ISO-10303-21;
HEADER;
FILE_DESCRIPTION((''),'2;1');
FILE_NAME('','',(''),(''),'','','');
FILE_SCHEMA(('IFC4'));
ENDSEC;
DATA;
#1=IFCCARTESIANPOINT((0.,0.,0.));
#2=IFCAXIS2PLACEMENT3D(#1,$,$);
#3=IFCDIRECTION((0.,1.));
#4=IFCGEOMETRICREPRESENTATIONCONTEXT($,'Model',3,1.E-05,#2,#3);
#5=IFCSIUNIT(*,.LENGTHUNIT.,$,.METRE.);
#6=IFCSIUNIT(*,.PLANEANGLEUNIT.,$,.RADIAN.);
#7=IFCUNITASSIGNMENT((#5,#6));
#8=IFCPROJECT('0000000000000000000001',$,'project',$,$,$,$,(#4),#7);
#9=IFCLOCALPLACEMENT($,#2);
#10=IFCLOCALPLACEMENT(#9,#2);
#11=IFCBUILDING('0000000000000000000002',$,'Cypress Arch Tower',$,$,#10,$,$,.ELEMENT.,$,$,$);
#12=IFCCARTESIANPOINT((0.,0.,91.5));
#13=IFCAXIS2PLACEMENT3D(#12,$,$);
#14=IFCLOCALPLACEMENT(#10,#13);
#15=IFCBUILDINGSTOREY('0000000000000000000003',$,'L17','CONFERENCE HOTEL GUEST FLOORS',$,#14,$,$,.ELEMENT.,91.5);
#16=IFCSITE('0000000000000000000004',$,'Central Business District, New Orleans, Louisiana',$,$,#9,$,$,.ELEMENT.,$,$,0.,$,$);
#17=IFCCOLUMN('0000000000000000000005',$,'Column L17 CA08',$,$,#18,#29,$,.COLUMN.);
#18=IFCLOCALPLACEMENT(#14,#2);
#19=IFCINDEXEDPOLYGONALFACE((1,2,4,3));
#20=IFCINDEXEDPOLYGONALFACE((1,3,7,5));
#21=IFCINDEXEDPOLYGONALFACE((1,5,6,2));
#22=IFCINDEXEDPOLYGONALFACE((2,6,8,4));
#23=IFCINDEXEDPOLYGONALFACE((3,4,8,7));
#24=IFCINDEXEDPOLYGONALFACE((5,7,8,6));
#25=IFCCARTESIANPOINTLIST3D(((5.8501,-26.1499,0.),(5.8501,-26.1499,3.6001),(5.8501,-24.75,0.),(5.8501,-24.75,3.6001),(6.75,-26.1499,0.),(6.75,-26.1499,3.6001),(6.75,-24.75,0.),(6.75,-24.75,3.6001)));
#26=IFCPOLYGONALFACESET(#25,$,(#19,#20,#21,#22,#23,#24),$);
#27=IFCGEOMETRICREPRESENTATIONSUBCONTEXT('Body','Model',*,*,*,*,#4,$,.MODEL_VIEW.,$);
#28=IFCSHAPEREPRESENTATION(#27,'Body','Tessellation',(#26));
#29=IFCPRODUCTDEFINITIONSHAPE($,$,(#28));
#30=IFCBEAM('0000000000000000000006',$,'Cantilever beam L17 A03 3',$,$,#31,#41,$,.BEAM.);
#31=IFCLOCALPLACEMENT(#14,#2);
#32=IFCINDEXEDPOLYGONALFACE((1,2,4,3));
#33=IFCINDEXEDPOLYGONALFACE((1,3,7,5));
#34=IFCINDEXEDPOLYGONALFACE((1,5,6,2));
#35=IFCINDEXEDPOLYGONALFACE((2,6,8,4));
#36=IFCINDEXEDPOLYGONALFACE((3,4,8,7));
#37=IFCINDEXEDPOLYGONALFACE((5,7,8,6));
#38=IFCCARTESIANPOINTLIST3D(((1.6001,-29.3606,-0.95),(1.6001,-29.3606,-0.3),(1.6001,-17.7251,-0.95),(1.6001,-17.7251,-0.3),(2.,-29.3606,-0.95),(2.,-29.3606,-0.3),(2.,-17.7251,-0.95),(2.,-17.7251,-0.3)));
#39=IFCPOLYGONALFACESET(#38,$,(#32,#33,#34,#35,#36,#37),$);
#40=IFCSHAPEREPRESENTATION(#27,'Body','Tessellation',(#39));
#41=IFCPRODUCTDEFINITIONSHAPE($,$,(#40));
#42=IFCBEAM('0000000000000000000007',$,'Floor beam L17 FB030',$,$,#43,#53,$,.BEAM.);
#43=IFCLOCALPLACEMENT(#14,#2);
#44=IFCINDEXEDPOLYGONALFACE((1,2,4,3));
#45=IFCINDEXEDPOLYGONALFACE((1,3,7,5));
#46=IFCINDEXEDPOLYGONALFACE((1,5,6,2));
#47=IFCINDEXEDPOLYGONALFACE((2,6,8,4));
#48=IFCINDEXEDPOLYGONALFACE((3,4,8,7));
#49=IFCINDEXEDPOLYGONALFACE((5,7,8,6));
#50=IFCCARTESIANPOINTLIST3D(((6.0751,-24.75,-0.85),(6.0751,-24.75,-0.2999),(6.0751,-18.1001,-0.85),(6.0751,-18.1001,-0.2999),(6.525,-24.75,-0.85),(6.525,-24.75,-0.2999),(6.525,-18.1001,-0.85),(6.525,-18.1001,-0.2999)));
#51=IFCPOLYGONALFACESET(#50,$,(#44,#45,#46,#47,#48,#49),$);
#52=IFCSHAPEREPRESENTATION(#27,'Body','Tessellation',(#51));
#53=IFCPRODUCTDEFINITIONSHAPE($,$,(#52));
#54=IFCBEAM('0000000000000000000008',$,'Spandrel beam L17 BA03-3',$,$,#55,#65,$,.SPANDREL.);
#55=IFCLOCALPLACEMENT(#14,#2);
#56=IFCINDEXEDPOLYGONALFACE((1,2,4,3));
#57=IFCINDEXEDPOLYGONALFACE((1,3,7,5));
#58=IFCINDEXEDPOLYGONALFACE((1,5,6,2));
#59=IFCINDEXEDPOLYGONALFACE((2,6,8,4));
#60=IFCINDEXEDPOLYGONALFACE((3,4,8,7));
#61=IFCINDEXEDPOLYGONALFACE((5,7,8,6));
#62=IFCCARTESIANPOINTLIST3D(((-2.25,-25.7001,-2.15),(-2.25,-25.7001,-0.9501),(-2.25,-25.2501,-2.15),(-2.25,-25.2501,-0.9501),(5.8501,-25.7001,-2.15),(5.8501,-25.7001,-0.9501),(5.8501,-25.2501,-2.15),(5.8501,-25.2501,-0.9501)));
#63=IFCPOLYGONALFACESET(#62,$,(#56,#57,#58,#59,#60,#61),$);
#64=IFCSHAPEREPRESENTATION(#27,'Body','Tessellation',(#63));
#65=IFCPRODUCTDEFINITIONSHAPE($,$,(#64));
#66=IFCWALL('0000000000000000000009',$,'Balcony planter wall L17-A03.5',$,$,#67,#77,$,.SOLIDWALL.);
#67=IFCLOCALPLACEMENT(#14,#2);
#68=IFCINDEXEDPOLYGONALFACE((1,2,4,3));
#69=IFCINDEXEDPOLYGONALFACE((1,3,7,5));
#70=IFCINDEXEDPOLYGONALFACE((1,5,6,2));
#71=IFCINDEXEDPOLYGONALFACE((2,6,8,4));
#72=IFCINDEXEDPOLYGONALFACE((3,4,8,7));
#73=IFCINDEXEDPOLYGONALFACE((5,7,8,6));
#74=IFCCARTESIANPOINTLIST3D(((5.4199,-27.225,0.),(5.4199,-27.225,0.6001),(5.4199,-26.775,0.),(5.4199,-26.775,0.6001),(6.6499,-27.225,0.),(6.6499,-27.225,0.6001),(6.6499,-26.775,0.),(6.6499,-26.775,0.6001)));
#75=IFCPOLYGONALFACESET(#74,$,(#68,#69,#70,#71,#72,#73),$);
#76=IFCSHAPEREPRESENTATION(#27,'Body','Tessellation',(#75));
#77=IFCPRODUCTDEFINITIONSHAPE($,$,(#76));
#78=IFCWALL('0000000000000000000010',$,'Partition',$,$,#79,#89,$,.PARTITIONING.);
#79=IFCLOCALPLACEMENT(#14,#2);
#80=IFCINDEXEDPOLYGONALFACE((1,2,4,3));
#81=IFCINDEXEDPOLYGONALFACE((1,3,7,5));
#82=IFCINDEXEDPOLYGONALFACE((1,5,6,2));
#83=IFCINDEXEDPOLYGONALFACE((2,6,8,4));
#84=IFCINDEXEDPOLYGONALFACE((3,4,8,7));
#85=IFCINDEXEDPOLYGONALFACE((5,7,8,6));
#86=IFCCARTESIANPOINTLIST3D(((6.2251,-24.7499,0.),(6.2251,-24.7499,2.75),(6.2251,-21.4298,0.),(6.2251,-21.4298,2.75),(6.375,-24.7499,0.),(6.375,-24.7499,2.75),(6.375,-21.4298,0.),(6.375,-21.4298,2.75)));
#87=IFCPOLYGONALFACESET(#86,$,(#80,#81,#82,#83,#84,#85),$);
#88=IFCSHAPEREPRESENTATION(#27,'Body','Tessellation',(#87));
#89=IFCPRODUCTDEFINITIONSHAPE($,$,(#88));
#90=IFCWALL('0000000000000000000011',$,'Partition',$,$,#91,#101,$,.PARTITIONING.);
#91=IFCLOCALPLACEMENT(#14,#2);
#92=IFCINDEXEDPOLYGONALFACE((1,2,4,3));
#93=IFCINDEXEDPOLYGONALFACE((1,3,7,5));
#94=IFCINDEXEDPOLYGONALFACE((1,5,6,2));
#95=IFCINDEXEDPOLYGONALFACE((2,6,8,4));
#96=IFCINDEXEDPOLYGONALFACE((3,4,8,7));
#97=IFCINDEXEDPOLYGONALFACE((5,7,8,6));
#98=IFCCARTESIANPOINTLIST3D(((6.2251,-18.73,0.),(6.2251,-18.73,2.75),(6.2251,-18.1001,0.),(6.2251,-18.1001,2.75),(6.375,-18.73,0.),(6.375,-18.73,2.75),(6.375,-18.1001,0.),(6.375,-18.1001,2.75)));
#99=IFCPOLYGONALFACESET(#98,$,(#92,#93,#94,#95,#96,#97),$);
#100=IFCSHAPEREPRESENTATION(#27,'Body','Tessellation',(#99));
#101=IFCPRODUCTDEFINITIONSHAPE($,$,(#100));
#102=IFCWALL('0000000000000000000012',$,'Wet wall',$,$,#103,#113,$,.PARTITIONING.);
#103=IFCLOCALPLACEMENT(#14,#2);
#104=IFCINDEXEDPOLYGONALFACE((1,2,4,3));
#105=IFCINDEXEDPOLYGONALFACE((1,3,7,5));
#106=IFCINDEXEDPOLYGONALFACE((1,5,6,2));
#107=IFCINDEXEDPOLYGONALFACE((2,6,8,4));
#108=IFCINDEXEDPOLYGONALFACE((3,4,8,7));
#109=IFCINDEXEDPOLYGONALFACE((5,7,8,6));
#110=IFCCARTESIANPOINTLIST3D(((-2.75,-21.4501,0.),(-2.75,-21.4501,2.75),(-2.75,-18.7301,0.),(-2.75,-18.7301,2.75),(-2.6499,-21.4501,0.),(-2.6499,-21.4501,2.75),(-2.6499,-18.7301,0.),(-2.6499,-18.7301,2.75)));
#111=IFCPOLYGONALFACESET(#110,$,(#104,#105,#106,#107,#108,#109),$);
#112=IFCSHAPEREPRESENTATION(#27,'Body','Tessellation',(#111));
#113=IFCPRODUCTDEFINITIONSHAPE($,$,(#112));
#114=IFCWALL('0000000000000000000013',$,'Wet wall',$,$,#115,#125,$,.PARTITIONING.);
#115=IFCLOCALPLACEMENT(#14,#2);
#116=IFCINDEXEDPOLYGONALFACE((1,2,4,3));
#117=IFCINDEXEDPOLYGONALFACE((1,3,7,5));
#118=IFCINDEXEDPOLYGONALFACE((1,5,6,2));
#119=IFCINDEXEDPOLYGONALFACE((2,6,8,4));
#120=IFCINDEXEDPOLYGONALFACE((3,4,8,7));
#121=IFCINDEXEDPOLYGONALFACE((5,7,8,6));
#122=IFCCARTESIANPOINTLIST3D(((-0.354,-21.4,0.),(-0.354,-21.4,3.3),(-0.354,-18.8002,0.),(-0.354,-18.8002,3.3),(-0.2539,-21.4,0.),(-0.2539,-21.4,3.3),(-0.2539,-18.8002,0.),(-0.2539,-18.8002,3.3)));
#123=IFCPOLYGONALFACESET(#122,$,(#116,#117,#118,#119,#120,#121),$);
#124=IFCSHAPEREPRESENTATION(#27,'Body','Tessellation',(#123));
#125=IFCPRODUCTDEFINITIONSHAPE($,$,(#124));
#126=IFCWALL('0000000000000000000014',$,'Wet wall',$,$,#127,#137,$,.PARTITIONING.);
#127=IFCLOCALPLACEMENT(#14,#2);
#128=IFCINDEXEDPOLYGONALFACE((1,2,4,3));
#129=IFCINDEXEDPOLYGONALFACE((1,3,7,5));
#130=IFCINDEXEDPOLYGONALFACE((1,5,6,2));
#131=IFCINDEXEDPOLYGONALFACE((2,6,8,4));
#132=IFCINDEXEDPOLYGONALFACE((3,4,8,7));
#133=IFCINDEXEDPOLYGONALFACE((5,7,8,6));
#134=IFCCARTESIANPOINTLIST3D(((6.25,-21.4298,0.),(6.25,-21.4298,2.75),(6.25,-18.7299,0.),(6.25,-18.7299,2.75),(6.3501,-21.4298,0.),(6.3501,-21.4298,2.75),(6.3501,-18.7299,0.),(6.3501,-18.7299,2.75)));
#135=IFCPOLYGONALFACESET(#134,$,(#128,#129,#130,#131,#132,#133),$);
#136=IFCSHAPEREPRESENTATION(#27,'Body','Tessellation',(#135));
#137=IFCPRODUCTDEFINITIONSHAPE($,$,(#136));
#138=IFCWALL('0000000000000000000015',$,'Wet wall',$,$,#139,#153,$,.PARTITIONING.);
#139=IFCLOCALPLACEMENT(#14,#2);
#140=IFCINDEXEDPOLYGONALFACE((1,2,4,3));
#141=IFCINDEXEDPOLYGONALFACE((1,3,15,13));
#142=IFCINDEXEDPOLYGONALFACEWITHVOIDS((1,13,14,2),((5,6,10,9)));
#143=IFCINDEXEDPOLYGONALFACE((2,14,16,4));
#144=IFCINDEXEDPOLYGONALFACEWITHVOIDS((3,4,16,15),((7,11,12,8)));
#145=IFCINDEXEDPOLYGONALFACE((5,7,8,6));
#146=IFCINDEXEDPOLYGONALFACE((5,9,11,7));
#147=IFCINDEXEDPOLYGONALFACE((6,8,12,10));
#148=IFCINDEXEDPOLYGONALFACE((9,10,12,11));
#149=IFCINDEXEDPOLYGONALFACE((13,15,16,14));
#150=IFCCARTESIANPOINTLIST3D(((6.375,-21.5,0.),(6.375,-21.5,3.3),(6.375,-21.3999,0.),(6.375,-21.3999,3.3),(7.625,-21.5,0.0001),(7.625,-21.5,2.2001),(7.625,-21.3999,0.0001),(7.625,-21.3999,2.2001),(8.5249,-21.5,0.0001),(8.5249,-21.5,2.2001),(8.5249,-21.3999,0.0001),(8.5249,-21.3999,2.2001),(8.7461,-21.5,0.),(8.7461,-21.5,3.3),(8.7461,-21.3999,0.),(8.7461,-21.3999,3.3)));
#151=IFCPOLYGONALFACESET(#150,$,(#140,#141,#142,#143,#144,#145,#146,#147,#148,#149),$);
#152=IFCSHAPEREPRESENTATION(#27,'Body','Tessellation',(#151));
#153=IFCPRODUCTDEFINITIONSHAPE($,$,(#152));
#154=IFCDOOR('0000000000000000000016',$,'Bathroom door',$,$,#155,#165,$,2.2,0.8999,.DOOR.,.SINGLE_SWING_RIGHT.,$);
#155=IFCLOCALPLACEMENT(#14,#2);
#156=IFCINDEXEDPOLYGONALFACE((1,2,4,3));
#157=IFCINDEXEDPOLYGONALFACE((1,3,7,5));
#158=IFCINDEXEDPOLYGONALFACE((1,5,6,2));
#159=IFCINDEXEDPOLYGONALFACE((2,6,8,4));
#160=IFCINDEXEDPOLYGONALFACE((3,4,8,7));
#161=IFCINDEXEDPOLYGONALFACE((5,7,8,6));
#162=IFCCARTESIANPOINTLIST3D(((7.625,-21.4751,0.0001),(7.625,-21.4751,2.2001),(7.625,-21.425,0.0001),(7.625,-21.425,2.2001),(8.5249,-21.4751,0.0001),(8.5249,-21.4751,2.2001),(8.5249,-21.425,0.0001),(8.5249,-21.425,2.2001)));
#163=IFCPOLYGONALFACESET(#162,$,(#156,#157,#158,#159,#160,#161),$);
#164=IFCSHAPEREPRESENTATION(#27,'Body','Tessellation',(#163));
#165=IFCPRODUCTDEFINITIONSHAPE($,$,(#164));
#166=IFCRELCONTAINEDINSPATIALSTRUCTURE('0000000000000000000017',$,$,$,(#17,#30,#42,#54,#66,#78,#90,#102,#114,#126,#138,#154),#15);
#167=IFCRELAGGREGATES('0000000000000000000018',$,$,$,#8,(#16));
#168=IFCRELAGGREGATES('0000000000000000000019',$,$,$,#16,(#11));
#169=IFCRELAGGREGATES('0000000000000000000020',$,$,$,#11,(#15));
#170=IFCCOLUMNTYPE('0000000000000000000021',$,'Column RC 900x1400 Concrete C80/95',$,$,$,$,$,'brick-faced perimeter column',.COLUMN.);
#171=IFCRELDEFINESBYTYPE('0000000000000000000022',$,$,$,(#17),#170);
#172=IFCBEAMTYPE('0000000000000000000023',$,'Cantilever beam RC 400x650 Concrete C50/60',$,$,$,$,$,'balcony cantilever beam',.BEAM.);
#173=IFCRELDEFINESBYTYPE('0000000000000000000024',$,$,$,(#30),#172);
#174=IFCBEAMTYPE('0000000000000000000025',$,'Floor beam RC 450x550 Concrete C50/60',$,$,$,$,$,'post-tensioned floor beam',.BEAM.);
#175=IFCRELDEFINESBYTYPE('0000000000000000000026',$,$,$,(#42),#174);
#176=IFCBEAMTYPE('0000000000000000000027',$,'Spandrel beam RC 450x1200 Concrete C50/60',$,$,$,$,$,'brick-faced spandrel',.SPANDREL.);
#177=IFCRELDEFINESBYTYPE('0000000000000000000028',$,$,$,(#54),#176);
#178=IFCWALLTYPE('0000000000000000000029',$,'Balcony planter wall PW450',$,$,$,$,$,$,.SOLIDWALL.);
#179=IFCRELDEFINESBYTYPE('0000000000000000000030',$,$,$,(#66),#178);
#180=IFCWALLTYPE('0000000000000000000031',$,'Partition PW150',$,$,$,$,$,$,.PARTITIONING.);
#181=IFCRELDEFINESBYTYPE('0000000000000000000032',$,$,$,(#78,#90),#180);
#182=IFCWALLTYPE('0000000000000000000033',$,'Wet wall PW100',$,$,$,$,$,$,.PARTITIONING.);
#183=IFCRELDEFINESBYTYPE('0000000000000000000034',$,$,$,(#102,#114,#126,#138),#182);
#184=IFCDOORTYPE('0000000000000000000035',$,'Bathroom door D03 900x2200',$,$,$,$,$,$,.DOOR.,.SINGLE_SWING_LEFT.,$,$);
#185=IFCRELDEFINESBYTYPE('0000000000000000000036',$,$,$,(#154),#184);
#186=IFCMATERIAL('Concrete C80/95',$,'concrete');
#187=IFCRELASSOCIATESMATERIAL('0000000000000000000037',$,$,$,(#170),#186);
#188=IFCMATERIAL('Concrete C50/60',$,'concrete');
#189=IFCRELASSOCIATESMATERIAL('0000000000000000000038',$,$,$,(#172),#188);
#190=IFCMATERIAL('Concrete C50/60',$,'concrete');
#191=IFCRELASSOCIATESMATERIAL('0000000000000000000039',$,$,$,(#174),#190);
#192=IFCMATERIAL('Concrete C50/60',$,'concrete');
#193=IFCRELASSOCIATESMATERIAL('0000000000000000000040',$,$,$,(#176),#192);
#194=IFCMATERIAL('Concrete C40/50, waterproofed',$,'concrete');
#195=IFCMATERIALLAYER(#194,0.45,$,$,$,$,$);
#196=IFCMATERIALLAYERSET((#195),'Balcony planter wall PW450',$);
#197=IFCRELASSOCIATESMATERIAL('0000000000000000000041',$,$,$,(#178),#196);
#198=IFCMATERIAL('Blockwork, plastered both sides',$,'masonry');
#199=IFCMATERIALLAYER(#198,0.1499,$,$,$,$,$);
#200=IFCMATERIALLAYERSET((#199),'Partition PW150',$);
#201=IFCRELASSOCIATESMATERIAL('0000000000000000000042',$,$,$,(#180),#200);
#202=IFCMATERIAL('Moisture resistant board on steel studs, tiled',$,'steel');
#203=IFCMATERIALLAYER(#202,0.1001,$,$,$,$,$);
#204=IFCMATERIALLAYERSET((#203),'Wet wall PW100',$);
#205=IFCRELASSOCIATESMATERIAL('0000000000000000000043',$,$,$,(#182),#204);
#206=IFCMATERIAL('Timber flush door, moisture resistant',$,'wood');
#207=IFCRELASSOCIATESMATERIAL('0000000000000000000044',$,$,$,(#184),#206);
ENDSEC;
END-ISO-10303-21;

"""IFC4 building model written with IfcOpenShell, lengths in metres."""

from ifc_helpers import new_model, si_unit, direction, frame, frame_2d, origin, origin_2d, place, context, subcontext, project, spatial, rectangle, extrude, material, layer, layer_set, material_profile, profile_set, type_object, element, fill, save


model = new_model("IFC4")

# Units and contexts
model_context = context("Model", 3, precision=1e-05, world=origin(), true_north=direction((0.0, 1.0)))
body_context = subcontext(model_context, "Body", "Model", "MODEL_VIEW")
ifc_project = project(units=[si_unit("LENGTHUNIT", "METRE"), si_unit("PLANEANGLEUNIT", "RADIAN")], contexts=[model_context])

# Site, building, storey
site_placement = place(None, origin())
site = spatial("IfcSite", under=ifc_project, at=site_placement, Name="Central Business District, New Orleans, Louisiana", CompositionType="ELEMENT", RefElevation=0.0)
building_placement = place(site_placement, origin())
building = spatial("IfcBuilding", under=site, at=building_placement, Name="Cypress Arch Tower", CompositionType="ELEMENT")
storey_placement = place(building_placement, frame((0.0, 0.0, 91.5)))
storey = spatial("IfcBuildingStorey", under=building, at=storey_placement, Name="L17", Description="CONFERENCE HOTEL GUEST FLOORS", CompositionType="ELEMENT", Elevation=91.5)

# Column
ifc_material_1 = material(Name="Concrete C80/95", Category="concrete")
ifc_material_profile_1 = material_profile(ifc_material_1, rectangle(XDim=0.8999, YDim=1.3999, at=origin_2d()), Name="RC 900x1400")
ifc_profile_set_1 = profile_set([ifc_material_profile_1], Name="Concrete C80/95")
column_type = type_object("IfcColumnType", Name="Column RC 900x1400 Concrete C80/95", ElementType="brick-faced perimeter column", PredefinedType="COLUMN", material=ifc_profile_set_1)
column_placement = place(storey_placement, frame((6.3, -25.45, 0.0), z_axis=(0.0, 0.0, 1.0), x_axis=(1.0, 0.0, 0.0)))
element("IfcColumn", 1, at=column_placement, inside=storey, type_object=column_type, Name="Column L17 CA08", PredefinedType="COLUMN", context=body_context, shape_type="SweptSolid", body=[
    extrude(rectangle(XDim=0.8999, YDim=1.3999, at=origin_2d()), origin(), (0.0, 0.0, 1.0), 3.6001),
])

# Beams
ifc_material_2 = material(Name="Concrete C50/60", Category="concrete")
ifc_material_profile_2 = material_profile(ifc_material_2, rectangle(XDim=0.3999, YDim=0.6499, at=origin_2d()), Name="RC 400x650")
ifc_profile_set_2 = profile_set([ifc_material_profile_2], Name="Concrete C50/60")
beam_type_1 = type_object("IfcBeamType", Name="Cantilever beam RC 400x650 Concrete C50/60", ElementType="balcony cantilever beam", PredefinedType="BEAM", material=ifc_profile_set_2)
beam_1_placement = place(storey_placement, frame((1.8, -17.7251, -0.625), z_axis=(0.0, -1.0, 0.0), x_axis=(1.0, 0.0, 0.0)))
element("IfcBeam", 2, at=beam_1_placement, inside=storey, type_object=beam_type_1, Name="Cantilever beam L17 A03 3", PredefinedType="BEAM", context=body_context, shape_type="SweptSolid", body=[
    extrude(rectangle(XDim=0.3999, YDim=0.6499, at=origin_2d()), origin(), (0.0, 0.0, 1.0), 11.6355),
])
ifc_material_3 = material(Name="Concrete C50/60", Category="concrete")
ifc_material_profile_3 = material_profile(ifc_material_3, rectangle(XDim=0.45, YDim=0.55, at=origin_2d()), Name="RC 450x550")
ifc_profile_set_3 = profile_set([ifc_material_profile_3], Name="Concrete C50/60")
beam_type_2 = type_object("IfcBeamType", Name="Floor beam RC 450x550 Concrete C50/60", ElementType="post-tensioned floor beam", PredefinedType="BEAM", material=ifc_profile_set_3)
beam_2_placement = place(storey_placement, frame((6.3, -24.75, -0.575), z_axis=(0.0, 1.0, 0.0), x_axis=(-1.0, 0.0, 0.0)))
element("IfcBeam", 3, at=beam_2_placement, inside=storey, type_object=beam_type_2, Name="Floor beam L17 FB030", PredefinedType="BEAM", context=body_context, shape_type="SweptSolid", body=[
    extrude(rectangle(XDim=0.45, YDim=0.55, at=origin_2d()), origin(), (0.0, 0.0, 1.0), 6.6499),
])
ifc_material_4 = material(Name="Concrete C50/60", Category="concrete")
ifc_material_profile_4 = material_profile(ifc_material_4, rectangle(XDim=0.45, YDim=1.2, at=origin_2d()), Name="RC 450x1200")
ifc_profile_set_4 = profile_set([ifc_material_profile_4], Name="Concrete C50/60")
beam_type_3 = type_object("IfcBeamType", Name="Spandrel beam RC 450x1200 Concrete C50/60", ElementType="brick-faced spandrel", PredefinedType="SPANDREL", material=ifc_profile_set_4)
beam_3_placement = place(storey_placement, frame((-2.25, -25.4751, -1.55), z_axis=(1.0, 0.0, 0.0), x_axis=(0.0, 1.0, 0.0)))
element("IfcBeam", 4, at=beam_3_placement, inside=storey, type_object=beam_type_3, Name="Spandrel beam L17 BA03-3", PredefinedType="SPANDREL", context=body_context, shape_type="SweptSolid", body=[
    extrude(rectangle(XDim=0.45, YDim=1.2, at=origin_2d()), origin(), (0.0, 0.0, 1.0), 8.1001),
])

# Wall
ifc_material_5 = material(Name="Concrete C40/50, waterproofed", Category="concrete")
ifc_layer_1 = layer(ifc_material_5, 0.45)
ifc_layer_set_1 = layer_set([ifc_layer_1], Name="Balcony planter wall PW450")
wall_type_1 = type_object("IfcWallType", Name="Balcony planter wall PW450", PredefinedType="SOLIDWALL", material=ifc_layer_set_1)
wall_1_placement = place(storey_placement, frame((5.4199, -27.0, 0.0), z_axis=(0.0, 0.0, 1.0), x_axis=(1.0, 0.0, 0.0)))
element("IfcWall", 5, at=wall_1_placement, inside=storey, type_object=wall_type_1, Name="Balcony planter wall L17-A03.5", PredefinedType="SOLIDWALL", context=body_context, shape_type="SweptSolid", body=[
    extrude(rectangle(XDim=1.23, YDim=0.45, at=frame_2d((0.615, 0.0))), origin(), (0.0, 0.0, 1.0), 0.6001),
])

# Walls
ifc_material_6 = material(Name="Blockwork, plastered both sides", Category="masonry")
ifc_layer_2 = layer(ifc_material_6, 0.1499)
ifc_layer_set_2 = layer_set([ifc_layer_2], Name="Partition PW150")
wall_type_2 = type_object("IfcWallType", Name="Partition PW150", PredefinedType="PARTITIONING", material=ifc_layer_set_2)
wall_2_placement = place(storey_placement, frame((6.3, -24.75, 0.0), z_axis=(0.0, 0.0, 1.0), x_axis=(0.0, 1.0, 0.0)))
element("IfcWall", 6, at=wall_2_placement, inside=storey, type_object=wall_type_2, Name="Partition", PredefinedType="PARTITIONING", context=body_context, shape_type="SweptSolid", body=[
    extrude(rectangle(XDim=3.3201, YDim=0.1499, at=frame_2d((1.6602, 0.0))), origin(), (0.0, 0.0, 1.0), 2.75),
])
wall_3_placement = place(storey_placement, frame((6.3, -18.73, 0.0), z_axis=(0.0, 0.0, 1.0), x_axis=(0.0, 1.0, 0.0)))
element("IfcWall", 7, at=wall_3_placement, inside=storey, type_object=wall_type_2, Name="Partition", PredefinedType="PARTITIONING", context=body_context, shape_type="SweptSolid", body=[
    extrude(rectangle(XDim=0.6299, YDim=0.1499, at=frame_2d((0.3149, 0.0))), origin(), (0.0, 0.0, 1.0), 2.75),
])
ifc_material_7 = material(Name="Moisture resistant board on steel studs, tiled", Category="steel")
ifc_layer_3 = layer(ifc_material_7, 0.1001)
ifc_layer_set_3 = layer_set([ifc_layer_3], Name="Wet wall PW100")
wall_type_3 = type_object("IfcWallType", Name="Wet wall PW100", PredefinedType="PARTITIONING", material=ifc_layer_set_3)
wall_4_placement = place(storey_placement, frame((-2.7, -21.45, 0.0), z_axis=(0.0, 0.0, 1.0), x_axis=(0.0, 1.0, 0.0)))
element("IfcWall", 8, at=wall_4_placement, inside=storey, type_object=wall_type_3, Name="Wet wall", PredefinedType="PARTITIONING", context=body_context, shape_type="SweptSolid", body=[
    extrude(rectangle(XDim=2.72, YDim=0.1001, at=frame_2d((1.3599, 0.0))), origin(), (0.0, 0.0, 1.0), 2.75),
])
wall_5_placement = place(storey_placement, frame((-0.304, -21.3999, 0.0), z_axis=(0.0, 0.0, 1.0), x_axis=(0.0, 1.0, 0.0)))
element("IfcWall", 9, at=wall_5_placement, inside=storey, type_object=wall_type_3, Name="Wet wall", PredefinedType="PARTITIONING", context=body_context, shape_type="SweptSolid", body=[
    extrude(rectangle(XDim=2.5999, YDim=0.1001, at=frame_2d((1.2998, 0.0))), origin(), (0.0, 0.0, 1.0), 3.3),
])
wall_6_placement = place(storey_placement, frame((6.3, -21.4299, 0.0), z_axis=(0.0, 0.0, 1.0), x_axis=(0.0, 1.0, 0.0)))
element("IfcWall", 10, at=wall_6_placement, inside=storey, type_object=wall_type_3, Name="Wet wall", PredefinedType="PARTITIONING", context=body_context, shape_type="SweptSolid", body=[
    extrude(rectangle(XDim=2.7, YDim=0.1001, at=frame_2d((1.3501, 0.0))), origin(), (0.0, 0.0, 1.0), 2.75),
])

# Wall, opening, door
wall_7_placement = place(storey_placement, frame((6.375, -21.45, 0.0), z_axis=(0.0, 0.0, 1.0), x_axis=(1.0, 0.0, 0.0)))
wall_7 = element("IfcWall", 11, at=wall_7_placement, inside=storey, type_object=wall_type_3, Name="Wet wall", PredefinedType="PARTITIONING", context=body_context, shape_type="SweptSolid", body=[
    extrude(rectangle(XDim=2.3711, YDim=0.1001, at=frame_2d((1.1855, 0.0))), origin(), (0.0, 0.0, 1.0), 3.3),
])
opening_1_placement = place(wall_7_placement, frame((1.25, 0.0, 0.0)))
opening_1 = element("IfcOpeningElement", 12, at=opening_1_placement, cuts=wall_7, PredefinedType="OPENING", context=body_context, shape_type="SweptSolid", body=[
    extrude(rectangle(XDim=0.8999, YDim=2.2, at=frame_2d((0.45, 1.1001))), frame((0.0, 0.0601, 0.0), z_axis=(0.0, -1.0, 0.0), x_axis=(1.0, 0.0, 0.0)), (0.0, 0.0, 1.0), 0.1201),
])
ifc_material_8 = material(Name="Timber flush door, moisture resistant", Category="wood")
door_type_1 = type_object("IfcDoorType", Name="Bathroom door D03 900x2200", OperationType="SINGLE_SWING_LEFT", PredefinedType="DOOR", material=ifc_material_8)
door_1_placement = place(opening_1_placement, origin())
door_1 = element("IfcDoor", 13, at=door_1_placement, inside=storey, type_object=door_type_1, Name="Bathroom door", OperationType="SINGLE_SWING_RIGHT", OverallHeight=2.2, OverallWidth=0.8999, PredefinedType="DOOR", context=body_context, shape_type="SweptSolid", body=[
    extrude(rectangle(XDim=0.8999, YDim=2.2, at=frame_2d((0.45, 1.1001))), frame((0.0, 0.0249, 0.0), z_axis=(0.0, -1.0, 0.0), x_axis=(1.0, 0.0, 0.0)), (0.0, 0.0, 1.0), 0.05),
])
fill(opening_1, door_1)

save(model, "model.ifc")
